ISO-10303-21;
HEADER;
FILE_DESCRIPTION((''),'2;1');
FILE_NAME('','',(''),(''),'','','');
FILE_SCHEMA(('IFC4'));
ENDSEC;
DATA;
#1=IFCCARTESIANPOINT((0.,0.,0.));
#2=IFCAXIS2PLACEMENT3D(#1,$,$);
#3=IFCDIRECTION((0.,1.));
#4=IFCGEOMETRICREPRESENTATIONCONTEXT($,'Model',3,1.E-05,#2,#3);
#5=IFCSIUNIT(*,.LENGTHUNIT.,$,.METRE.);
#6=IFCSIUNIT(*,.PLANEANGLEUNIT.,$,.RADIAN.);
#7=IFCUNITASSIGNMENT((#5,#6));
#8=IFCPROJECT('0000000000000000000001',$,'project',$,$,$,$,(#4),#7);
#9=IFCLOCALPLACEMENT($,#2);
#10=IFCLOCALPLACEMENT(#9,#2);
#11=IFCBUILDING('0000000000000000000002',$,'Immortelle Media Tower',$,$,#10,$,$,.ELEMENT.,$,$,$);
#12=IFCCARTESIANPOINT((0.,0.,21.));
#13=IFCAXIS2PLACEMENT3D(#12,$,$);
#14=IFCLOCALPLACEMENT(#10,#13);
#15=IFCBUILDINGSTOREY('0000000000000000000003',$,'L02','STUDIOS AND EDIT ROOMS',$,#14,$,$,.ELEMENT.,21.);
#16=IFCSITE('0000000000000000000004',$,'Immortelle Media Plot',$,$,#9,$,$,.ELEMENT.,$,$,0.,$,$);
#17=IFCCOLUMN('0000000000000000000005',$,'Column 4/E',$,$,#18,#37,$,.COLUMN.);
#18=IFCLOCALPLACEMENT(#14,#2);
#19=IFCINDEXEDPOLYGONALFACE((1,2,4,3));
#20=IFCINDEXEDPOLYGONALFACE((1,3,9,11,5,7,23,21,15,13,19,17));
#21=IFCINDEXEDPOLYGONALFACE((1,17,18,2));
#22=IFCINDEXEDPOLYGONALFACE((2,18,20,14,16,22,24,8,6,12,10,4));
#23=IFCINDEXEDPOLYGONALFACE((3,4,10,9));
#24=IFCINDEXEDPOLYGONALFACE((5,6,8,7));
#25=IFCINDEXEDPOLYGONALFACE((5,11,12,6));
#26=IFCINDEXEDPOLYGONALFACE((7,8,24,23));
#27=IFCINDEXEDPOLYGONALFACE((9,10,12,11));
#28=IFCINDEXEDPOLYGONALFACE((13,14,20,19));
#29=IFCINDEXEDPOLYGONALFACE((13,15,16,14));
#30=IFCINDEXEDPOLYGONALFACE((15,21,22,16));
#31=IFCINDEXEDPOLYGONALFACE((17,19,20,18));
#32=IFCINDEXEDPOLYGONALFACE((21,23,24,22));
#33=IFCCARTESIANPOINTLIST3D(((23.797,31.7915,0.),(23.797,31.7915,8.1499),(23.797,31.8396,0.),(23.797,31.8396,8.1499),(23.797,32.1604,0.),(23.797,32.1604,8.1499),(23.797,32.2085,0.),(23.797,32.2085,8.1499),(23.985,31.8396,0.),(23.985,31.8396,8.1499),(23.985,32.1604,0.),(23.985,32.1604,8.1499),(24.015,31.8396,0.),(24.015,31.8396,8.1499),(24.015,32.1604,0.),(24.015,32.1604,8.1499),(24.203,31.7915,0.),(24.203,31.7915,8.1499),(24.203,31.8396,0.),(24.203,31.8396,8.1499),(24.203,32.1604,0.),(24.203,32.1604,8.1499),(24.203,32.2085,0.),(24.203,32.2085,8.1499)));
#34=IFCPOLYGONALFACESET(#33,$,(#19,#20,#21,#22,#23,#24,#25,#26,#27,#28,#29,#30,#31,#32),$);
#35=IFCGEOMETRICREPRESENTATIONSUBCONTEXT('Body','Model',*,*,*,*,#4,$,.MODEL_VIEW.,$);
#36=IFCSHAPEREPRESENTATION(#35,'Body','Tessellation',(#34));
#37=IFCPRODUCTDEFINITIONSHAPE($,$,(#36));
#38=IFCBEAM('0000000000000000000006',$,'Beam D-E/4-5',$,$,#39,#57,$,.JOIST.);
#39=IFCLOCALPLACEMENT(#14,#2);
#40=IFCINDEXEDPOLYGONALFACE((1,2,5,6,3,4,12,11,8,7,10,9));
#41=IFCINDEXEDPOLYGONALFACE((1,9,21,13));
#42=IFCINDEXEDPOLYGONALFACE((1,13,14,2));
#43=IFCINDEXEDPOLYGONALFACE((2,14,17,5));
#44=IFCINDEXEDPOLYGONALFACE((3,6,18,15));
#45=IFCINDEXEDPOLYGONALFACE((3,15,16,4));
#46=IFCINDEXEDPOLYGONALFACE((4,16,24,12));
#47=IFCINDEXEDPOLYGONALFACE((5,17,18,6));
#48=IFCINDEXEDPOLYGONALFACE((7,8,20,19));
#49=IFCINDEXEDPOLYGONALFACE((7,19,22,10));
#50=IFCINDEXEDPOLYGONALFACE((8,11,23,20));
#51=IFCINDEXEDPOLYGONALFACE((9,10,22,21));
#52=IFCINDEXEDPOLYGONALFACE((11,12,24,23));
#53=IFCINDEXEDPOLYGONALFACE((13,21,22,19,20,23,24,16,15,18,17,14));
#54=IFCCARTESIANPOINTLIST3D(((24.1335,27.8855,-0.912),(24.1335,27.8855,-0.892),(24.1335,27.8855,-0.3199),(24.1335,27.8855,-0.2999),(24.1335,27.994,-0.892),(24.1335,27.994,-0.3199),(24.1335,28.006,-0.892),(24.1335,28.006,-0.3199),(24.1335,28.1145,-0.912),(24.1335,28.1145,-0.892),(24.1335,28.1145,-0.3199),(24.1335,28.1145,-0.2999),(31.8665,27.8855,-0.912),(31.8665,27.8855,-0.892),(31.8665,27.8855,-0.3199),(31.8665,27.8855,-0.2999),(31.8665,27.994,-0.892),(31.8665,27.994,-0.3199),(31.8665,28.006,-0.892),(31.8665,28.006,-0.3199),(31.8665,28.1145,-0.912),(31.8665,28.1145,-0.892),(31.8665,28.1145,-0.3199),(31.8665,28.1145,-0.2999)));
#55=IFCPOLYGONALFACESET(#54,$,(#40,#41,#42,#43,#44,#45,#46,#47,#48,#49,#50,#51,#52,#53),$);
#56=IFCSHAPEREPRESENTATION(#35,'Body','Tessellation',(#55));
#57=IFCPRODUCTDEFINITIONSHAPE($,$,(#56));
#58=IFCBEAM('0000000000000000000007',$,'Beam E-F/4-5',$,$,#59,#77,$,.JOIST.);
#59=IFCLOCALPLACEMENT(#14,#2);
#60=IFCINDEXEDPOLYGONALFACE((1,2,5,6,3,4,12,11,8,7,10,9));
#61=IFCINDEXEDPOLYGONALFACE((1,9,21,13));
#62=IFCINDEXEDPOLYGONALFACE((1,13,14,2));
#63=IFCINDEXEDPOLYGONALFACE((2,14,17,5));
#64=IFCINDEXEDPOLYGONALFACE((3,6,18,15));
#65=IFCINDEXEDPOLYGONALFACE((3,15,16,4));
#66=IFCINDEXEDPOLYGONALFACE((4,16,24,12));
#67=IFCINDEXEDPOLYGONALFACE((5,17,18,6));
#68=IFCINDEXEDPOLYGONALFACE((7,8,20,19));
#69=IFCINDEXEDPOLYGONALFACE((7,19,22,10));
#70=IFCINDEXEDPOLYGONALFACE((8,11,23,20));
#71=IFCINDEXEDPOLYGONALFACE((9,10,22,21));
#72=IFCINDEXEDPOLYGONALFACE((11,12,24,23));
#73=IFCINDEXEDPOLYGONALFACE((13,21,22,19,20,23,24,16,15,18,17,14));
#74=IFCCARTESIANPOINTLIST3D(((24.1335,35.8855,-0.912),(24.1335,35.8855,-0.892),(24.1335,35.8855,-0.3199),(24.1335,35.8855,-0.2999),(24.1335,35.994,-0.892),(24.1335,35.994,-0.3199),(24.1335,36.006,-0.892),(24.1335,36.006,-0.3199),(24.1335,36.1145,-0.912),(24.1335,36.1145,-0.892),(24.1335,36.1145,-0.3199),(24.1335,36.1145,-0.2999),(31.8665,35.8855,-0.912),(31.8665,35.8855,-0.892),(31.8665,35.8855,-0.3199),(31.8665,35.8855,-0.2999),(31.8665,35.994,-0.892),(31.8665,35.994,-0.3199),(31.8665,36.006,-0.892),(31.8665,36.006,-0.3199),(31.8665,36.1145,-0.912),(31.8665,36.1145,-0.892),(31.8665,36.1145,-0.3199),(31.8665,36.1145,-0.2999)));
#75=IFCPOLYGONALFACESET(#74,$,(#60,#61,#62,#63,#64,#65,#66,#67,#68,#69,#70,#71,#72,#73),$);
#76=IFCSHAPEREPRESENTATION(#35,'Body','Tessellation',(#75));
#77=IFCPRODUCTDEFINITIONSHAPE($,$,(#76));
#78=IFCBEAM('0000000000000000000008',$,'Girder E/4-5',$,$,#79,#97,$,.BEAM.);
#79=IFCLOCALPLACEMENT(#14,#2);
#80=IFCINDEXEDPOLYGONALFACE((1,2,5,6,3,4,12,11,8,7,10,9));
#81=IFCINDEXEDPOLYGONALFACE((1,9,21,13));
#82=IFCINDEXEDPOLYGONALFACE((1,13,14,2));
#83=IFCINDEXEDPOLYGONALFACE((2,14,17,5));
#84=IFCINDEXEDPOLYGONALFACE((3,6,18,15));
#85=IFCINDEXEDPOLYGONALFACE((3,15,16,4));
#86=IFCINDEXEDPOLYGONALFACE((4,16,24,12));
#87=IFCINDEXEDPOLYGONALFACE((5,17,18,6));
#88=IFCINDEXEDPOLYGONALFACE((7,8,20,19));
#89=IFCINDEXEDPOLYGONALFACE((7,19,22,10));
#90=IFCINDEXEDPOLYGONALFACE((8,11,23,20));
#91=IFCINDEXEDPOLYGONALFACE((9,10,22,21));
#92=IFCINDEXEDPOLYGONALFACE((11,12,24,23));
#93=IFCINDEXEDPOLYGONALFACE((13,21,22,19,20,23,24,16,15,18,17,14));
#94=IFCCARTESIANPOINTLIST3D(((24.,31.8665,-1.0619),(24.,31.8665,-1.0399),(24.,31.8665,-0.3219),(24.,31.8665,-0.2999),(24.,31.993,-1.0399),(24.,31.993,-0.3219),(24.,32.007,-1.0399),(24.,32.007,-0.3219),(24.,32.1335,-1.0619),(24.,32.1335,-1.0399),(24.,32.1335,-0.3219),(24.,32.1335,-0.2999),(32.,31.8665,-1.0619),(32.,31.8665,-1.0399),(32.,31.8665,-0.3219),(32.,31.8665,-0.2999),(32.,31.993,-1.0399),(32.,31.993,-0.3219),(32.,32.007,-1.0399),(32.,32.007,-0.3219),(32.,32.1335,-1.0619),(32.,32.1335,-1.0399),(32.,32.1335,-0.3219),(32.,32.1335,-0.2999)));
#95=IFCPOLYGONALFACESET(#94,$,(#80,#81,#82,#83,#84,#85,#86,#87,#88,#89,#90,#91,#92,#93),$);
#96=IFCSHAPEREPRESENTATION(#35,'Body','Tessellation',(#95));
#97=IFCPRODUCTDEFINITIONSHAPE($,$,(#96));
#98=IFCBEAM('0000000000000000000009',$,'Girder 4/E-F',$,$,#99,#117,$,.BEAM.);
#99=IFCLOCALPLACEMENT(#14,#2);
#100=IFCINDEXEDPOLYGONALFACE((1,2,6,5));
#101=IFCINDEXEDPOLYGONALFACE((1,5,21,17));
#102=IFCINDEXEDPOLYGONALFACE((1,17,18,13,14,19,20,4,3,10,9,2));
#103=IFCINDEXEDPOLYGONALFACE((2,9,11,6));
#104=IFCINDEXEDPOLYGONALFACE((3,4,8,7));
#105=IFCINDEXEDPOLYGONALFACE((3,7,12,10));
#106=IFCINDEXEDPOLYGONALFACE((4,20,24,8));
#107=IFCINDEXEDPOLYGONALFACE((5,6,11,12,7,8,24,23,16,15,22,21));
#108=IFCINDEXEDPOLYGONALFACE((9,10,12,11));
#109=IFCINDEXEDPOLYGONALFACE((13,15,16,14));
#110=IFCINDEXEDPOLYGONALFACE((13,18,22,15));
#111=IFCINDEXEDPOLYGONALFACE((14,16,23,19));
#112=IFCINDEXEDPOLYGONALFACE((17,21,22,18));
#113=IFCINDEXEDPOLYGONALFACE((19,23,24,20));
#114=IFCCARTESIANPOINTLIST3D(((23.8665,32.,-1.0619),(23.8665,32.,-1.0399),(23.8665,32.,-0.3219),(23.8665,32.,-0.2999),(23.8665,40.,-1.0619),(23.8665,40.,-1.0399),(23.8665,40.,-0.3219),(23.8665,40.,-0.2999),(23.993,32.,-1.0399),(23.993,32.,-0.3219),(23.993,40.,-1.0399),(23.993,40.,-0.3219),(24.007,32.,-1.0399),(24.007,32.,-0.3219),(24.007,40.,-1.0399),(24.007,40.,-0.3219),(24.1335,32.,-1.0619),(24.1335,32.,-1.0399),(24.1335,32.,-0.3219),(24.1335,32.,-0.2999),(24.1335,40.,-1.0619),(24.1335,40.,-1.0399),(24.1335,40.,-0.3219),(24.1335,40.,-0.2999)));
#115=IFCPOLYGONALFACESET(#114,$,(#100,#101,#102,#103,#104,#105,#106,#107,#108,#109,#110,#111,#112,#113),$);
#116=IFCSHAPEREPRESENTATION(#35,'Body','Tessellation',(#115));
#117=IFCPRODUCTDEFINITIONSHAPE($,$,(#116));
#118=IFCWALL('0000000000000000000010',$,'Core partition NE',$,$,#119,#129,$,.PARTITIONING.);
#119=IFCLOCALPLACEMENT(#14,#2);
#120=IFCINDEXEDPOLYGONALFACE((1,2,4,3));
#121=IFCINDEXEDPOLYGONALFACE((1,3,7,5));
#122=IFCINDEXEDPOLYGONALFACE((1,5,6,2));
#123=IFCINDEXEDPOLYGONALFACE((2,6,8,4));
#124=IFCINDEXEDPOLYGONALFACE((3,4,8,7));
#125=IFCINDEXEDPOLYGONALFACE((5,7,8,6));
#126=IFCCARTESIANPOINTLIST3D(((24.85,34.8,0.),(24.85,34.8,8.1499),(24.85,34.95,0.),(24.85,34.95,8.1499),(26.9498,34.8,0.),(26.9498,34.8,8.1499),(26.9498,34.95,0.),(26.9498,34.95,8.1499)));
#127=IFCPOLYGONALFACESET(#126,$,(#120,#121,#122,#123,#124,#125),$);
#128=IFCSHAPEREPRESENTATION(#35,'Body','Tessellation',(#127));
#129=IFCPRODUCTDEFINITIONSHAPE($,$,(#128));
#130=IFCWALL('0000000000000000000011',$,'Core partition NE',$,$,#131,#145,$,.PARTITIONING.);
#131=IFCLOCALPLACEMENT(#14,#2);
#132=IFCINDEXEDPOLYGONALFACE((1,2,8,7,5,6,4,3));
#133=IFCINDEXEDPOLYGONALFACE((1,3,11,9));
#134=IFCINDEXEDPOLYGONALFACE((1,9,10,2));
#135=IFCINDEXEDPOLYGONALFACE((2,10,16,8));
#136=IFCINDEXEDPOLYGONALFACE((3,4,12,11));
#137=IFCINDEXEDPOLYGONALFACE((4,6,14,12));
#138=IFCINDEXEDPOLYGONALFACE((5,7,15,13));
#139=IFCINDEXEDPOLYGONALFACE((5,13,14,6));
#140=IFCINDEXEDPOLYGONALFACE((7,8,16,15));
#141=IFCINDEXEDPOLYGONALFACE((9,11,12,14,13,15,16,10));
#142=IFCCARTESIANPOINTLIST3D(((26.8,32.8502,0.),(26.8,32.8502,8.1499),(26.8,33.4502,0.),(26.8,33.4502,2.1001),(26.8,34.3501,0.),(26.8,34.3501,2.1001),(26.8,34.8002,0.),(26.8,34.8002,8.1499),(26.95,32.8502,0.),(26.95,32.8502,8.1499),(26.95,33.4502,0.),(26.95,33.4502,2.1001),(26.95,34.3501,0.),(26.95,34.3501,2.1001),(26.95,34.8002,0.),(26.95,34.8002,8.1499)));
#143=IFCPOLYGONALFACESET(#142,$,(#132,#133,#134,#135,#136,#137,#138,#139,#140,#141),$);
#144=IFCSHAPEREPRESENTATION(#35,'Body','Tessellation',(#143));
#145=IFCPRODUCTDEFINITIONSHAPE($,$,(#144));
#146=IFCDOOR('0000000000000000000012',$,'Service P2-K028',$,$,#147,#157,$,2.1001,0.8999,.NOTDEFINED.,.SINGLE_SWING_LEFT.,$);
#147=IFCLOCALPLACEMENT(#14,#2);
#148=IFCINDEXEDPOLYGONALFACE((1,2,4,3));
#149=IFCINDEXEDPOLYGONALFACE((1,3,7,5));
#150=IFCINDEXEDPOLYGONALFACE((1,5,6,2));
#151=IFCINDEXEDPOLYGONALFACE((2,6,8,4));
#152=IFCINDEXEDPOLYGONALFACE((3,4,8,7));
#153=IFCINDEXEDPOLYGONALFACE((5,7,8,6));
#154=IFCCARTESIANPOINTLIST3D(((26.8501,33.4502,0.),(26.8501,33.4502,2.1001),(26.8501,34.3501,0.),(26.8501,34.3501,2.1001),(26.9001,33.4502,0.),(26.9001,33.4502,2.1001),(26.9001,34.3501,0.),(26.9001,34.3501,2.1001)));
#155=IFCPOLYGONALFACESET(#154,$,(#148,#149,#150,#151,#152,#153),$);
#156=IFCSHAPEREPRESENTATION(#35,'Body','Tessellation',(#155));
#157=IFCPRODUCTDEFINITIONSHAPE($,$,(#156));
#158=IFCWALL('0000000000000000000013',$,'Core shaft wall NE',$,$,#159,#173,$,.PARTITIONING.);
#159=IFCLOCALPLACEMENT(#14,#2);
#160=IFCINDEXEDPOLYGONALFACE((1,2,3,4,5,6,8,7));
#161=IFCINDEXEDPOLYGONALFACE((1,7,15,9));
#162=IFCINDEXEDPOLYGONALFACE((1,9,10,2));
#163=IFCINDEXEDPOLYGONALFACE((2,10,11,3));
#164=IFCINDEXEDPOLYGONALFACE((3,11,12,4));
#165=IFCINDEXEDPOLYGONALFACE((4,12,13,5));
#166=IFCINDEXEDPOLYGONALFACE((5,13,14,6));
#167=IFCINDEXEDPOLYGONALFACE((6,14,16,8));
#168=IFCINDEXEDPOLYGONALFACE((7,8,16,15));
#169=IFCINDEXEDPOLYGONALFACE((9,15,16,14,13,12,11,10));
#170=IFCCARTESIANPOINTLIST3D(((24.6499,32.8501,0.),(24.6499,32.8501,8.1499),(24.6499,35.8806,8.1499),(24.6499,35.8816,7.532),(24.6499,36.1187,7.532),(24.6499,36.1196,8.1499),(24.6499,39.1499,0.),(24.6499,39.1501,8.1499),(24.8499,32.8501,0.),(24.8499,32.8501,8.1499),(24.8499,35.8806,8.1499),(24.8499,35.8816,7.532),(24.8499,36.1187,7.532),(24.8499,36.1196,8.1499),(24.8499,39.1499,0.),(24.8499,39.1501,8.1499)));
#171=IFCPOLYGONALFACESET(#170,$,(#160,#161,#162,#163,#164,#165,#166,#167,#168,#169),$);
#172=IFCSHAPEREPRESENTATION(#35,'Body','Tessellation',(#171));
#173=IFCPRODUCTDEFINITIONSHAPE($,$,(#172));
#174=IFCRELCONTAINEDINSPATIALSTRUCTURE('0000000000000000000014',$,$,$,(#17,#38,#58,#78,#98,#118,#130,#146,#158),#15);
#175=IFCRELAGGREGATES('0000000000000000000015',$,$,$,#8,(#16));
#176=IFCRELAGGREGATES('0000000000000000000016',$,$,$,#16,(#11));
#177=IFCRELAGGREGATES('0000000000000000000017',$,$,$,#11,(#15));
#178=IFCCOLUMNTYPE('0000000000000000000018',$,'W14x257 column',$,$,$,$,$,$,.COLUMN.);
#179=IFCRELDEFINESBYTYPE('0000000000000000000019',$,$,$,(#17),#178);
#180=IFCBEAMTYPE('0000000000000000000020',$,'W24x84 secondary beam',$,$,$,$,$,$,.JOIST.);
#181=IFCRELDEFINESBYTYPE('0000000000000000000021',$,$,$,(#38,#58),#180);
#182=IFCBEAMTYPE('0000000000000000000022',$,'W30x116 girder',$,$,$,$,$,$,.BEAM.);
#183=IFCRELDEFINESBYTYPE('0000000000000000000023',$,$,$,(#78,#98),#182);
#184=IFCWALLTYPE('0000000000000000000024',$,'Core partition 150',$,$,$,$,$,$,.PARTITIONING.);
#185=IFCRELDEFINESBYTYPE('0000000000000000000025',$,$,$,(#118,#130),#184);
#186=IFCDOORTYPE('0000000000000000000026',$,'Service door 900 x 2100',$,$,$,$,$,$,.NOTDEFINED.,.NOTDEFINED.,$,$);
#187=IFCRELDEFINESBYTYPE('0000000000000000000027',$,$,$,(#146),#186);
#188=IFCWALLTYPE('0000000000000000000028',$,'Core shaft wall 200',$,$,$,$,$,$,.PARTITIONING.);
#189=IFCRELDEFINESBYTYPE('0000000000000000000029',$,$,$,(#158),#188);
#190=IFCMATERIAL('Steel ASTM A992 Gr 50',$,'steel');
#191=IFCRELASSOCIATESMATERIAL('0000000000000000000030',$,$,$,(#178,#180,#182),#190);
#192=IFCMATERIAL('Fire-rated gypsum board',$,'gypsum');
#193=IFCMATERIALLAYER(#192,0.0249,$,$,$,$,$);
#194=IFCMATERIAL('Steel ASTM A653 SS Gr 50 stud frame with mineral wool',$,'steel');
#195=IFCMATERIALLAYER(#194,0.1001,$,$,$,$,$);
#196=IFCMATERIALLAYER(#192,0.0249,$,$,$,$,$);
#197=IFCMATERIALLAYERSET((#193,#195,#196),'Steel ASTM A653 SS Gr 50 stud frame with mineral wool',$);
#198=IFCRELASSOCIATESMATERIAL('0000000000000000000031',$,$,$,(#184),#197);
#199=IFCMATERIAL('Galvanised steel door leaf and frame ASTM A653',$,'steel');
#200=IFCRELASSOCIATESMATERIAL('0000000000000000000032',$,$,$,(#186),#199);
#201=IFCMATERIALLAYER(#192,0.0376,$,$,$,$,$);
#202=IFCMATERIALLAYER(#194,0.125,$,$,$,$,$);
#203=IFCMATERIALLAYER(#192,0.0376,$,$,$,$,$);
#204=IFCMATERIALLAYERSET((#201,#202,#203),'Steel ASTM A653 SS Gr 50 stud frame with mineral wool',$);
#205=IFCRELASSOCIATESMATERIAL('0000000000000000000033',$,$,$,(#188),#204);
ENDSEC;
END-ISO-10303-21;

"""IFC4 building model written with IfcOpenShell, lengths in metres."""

from ifc_helpers import new_model, si_unit, direction, frame, frame_2d, origin, origin_2d, place, context, subcontext, project, spatial, polyline, rectangle, i_section, outline, extrude, material, layer, layer_set, material_profile, profile_set, type_object, element, fill, save


model = new_model("IFC4")

# Units and contexts
model_context = context("Model", 3, precision=1e-05, world=origin(), true_north=direction((0.0, 1.0)))
body_context = subcontext(model_context, "Body", "Model", "MODEL_VIEW")
ifc_project = project(units=[si_unit("LENGTHUNIT", "METRE"), si_unit("PLANEANGLEUNIT", "RADIAN")], contexts=[model_context])

# Site, building, storey
site_placement = place(None, origin())
site = spatial("IfcSite", under=ifc_project, at=site_placement, Name="Immortelle Media Plot", CompositionType="ELEMENT", RefElevation=0.0)
building_placement = place(site_placement, origin())
building = spatial("IfcBuilding", under=site, at=building_placement, Name="Immortelle Media Tower", CompositionType="ELEMENT")
storey_placement = place(building_placement, frame((0.0, 0.0, 21.0)))
storey = spatial("IfcBuildingStorey", under=building, at=storey_placement, Name="L02", Description="STUDIOS AND EDIT ROOMS", CompositionType="ELEMENT", Elevation=21.0)

# Column
ifc_material_1 = material(Name="Steel ASTM A992 Gr 50", Category="steel")
ifc_material_profile_1 = material_profile(ifc_material_1, i_section(OverallWidth=0.406, OverallDepth=0.417, WebThickness=0.03, FlangeThickness=0.0481, at=origin_2d()), Name="W14x257")
ifc_profile_set_1 = profile_set([ifc_material_profile_1], Name="Steel ASTM A992 Gr 50")
column_type = type_object("IfcColumnType", Name="W14x257 column", PredefinedType="COLUMN", material=ifc_profile_set_1)
column_placement = place(storey_placement, frame((24.0, 32.0, 0.0), z_axis=(0.0, 0.0, 1.0), x_axis=(1.0, 0.0, 0.0)))
element("IfcColumn", 1, at=column_placement, inside=storey, type_object=column_type, Name="Column 4/E", PredefinedType="COLUMN", context=body_context, shape_type="SweptSolid", body=[
    extrude(i_section(OverallWidth=0.406, OverallDepth=0.417, WebThickness=0.03, FlangeThickness=0.0481, at=origin_2d()), origin(), (0.0, 0.0, 1.0), 8.1499),
])

# Beams
ifc_material_profile_2 = material_profile(ifc_material_1, i_section(OverallWidth=0.229, OverallDepth=0.6121, WebThickness=0.012, FlangeThickness=0.02, at=origin_2d()), Name="W24x84")
ifc_profile_set_2 = profile_set([ifc_material_profile_2], Name="Steel ASTM A992 Gr 50")
beam_type_1 = type_object("IfcBeamType", Name="W24x84 secondary beam", PredefinedType="JOIST", material=ifc_profile_set_2)
for number, where, z_axis, x_axis, name in (
    (2, (24.1335, 28.0, -0.606), (1.0, 0.0, 0.0), (0.0, 1.0, 0.0), "Beam D-E/4-5"),
    (3, (24.1335, 36.0, -0.606), (1.0, 0.0, 0.0), (0.0, 1.0, 0.0), "Beam E-F/4-5"),
):
    element("IfcBeam", number, at=place(storey_placement, frame(where, z_axis=z_axis, x_axis=x_axis)), inside=storey, type_object=beam_type_1, Name=name, PredefinedType="JOIST", context=body_context, shape_type="SweptSolid", body=[
        extrude(i_section(OverallWidth=0.229, OverallDepth=0.6121, WebThickness=0.012, FlangeThickness=0.02, at=origin_2d()), origin(), (0.0, 0.0, 1.0), 7.7329),
    ])
ifc_material_profile_3 = material_profile(ifc_material_1, i_section(OverallWidth=0.2671, OverallDepth=0.762, WebThickness=0.0139, FlangeThickness=0.022, at=origin_2d()), Name="W30x116")
ifc_profile_set_3 = profile_set([ifc_material_profile_3], Name="Steel ASTM A992 Gr 50")
beam_type_2 = type_object("IfcBeamType", Name="W30x116 girder", PredefinedType="BEAM", material=ifc_profile_set_3)
for number, where, z_axis, x_axis, name in (
    (4, (24.0, 32.0, -0.6809), (1.0, 0.0, 0.0), (0.0, 1.0, 0.0), "Girder E/4-5"),
    (5, (24.0, 32.0, -0.6809), (0.0, 1.0, 0.0), (-1.0, 0.0, 0.0), "Girder 4/E-F"),
):
    element("IfcBeam", number, at=place(storey_placement, frame(where, z_axis=z_axis, x_axis=x_axis)), inside=storey, type_object=beam_type_2, Name=name, PredefinedType="BEAM", context=body_context, shape_type="SweptSolid", body=[
        extrude(i_section(OverallWidth=0.2671, OverallDepth=0.762, WebThickness=0.0139, FlangeThickness=0.022, at=origin_2d()), origin(), (0.0, 0.0, 1.0), 8.0),
    ])

# Wall
ifc_material_2 = material(Name="Fire-rated gypsum board", Category="gypsum")
ifc_layer_1 = layer(ifc_material_2, 0.0249)
ifc_material_3 = material(Name="Steel ASTM A653 SS Gr 50 stud frame with mineral wool", Category="steel")
ifc_layer_2 = layer(ifc_material_3, 0.1001)
ifc_layer_3 = layer(ifc_material_2, 0.0249)
ifc_layer_set_1 = layer_set([ifc_layer_1, ifc_layer_2, ifc_layer_3], Name="Steel ASTM A653 SS Gr 50 stud frame with mineral wool")
wall_type_1 = type_object("IfcWallType", Name="Core partition 150", PredefinedType="PARTITIONING", material=ifc_layer_set_1)
wall_1_placement = place(storey_placement, frame((24.8501, 34.875, 0.0), z_axis=(0.0, 0.0, 1.0), x_axis=(1.0, 0.0, 0.0)))
element("IfcWall", 6, at=wall_1_placement, inside=storey, type_object=wall_type_1, Name="Core partition NE", PredefinedType="PARTITIONING", context=body_context, shape_type="SweptSolid", body=[
    extrude(rectangle(XDim=2.0999, YDim=0.1499, at=frame_2d((1.0498, 0.0))), origin(), (0.0, 0.0, 1.0), 8.1499),
])

# Wall, opening, door
wall_2_placement = place(storey_placement, frame((26.875, 32.8501, 0.0), z_axis=(0.0, 0.0, 1.0), x_axis=(0.0, 1.0, 0.0)))
wall_2 = element("IfcWall", 7, at=wall_2_placement, inside=storey, type_object=wall_type_1, Name="Core partition NE", PredefinedType="PARTITIONING", context=body_context, shape_type="SweptSolid", body=[
    extrude(rectangle(XDim=1.95, YDim=0.1499, at=frame_2d((0.9751, 0.0))), origin(), (0.0, 0.0, 1.0), 8.1499),
])
opening_1_placement = place(wall_2_placement, frame((0.6001, 0.0, 0.0)))
opening_1 = element("IfcOpeningElement", 8, at=opening_1_placement, cuts=wall_2, PredefinedType="OPENING", context=body_context, shape_type="SweptSolid", body=[
    extrude(rectangle(XDim=0.8999, YDim=2.1001, at=frame_2d((0.45, 1.05))), frame((0.0, 0.085, 0.0), z_axis=(0.0, -1.0, 0.0), x_axis=(1.0, 0.0, 0.0)), (0.0, 0.0, 1.0), 0.1699),
])
ifc_material_4 = material(Name="Galvanised steel door leaf and frame ASTM A653", Category="steel")
door_type_1 = type_object("IfcDoorType", Name="Service door 900 x 2100", OperationType="NOTDEFINED", PredefinedType="NOTDEFINED", material=ifc_material_4)
door_1_placement = place(opening_1_placement, origin())
door_1 = element("IfcDoor", 9, at=door_1_placement, inside=storey, type_object=door_type_1, Name="Service P2-K028", OperationType="SINGLE_SWING_LEFT", OverallHeight=2.1001, OverallWidth=0.8999, PredefinedType="NOTDEFINED", context=body_context, shape_type="SweptSolid", body=[
    extrude(rectangle(XDim=0.8999, YDim=2.1001, at=frame_2d((0.45, 1.05))), frame((0.0, 0.0249, 0.0), z_axis=(0.0, -1.0, 0.0), x_axis=(1.0, 0.0, 0.0)), (0.0, 0.0, 1.0), 0.05),
])
fill(opening_1, door_1)

# Wall
ifc_layer_4 = layer(ifc_material_2, 0.0376)
ifc_layer_5 = layer(ifc_material_3, 0.125)
ifc_layer_6 = layer(ifc_material_2, 0.0376)
ifc_layer_set_2 = layer_set([ifc_layer_4, ifc_layer_5, ifc_layer_6], Name="Steel ASTM A653 SS Gr 50 stud frame with mineral wool")
wall_type_2 = type_object("IfcWallType", Name="Core shaft wall 200", PredefinedType="PARTITIONING", material=ifc_layer_set_2)
wall_3_placement = place(storey_placement, frame((24.75, 32.8501, 0.0), z_axis=(0.0, 0.0, 1.0), x_axis=(0.0, 1.0, 0.0)))
element("IfcWall", 10, at=wall_3_placement, inside=storey, type_object=wall_type_2, Name="Core shaft wall NE", PredefinedType="PARTITIONING", context=body_context, shape_type="SweptSolid", body=[
    extrude(outline(polyline([(0.0, 0.0), (6.2998, 0.0), (6.3, 8.1499), (3.2695, 8.1499), (3.2686, 7.532), (3.0315, 7.532), (3.0305, 8.1499), (0.0, 8.1499), (0.0, 0.0)])), frame((0.0, 0.1001, 0.0), z_axis=(0.0, -1.0, 0.0), x_axis=(1.0, 0.0, 0.0)), (0.0, 0.0, 1.0), 0.2),
])

save(model, "model.ifc")
